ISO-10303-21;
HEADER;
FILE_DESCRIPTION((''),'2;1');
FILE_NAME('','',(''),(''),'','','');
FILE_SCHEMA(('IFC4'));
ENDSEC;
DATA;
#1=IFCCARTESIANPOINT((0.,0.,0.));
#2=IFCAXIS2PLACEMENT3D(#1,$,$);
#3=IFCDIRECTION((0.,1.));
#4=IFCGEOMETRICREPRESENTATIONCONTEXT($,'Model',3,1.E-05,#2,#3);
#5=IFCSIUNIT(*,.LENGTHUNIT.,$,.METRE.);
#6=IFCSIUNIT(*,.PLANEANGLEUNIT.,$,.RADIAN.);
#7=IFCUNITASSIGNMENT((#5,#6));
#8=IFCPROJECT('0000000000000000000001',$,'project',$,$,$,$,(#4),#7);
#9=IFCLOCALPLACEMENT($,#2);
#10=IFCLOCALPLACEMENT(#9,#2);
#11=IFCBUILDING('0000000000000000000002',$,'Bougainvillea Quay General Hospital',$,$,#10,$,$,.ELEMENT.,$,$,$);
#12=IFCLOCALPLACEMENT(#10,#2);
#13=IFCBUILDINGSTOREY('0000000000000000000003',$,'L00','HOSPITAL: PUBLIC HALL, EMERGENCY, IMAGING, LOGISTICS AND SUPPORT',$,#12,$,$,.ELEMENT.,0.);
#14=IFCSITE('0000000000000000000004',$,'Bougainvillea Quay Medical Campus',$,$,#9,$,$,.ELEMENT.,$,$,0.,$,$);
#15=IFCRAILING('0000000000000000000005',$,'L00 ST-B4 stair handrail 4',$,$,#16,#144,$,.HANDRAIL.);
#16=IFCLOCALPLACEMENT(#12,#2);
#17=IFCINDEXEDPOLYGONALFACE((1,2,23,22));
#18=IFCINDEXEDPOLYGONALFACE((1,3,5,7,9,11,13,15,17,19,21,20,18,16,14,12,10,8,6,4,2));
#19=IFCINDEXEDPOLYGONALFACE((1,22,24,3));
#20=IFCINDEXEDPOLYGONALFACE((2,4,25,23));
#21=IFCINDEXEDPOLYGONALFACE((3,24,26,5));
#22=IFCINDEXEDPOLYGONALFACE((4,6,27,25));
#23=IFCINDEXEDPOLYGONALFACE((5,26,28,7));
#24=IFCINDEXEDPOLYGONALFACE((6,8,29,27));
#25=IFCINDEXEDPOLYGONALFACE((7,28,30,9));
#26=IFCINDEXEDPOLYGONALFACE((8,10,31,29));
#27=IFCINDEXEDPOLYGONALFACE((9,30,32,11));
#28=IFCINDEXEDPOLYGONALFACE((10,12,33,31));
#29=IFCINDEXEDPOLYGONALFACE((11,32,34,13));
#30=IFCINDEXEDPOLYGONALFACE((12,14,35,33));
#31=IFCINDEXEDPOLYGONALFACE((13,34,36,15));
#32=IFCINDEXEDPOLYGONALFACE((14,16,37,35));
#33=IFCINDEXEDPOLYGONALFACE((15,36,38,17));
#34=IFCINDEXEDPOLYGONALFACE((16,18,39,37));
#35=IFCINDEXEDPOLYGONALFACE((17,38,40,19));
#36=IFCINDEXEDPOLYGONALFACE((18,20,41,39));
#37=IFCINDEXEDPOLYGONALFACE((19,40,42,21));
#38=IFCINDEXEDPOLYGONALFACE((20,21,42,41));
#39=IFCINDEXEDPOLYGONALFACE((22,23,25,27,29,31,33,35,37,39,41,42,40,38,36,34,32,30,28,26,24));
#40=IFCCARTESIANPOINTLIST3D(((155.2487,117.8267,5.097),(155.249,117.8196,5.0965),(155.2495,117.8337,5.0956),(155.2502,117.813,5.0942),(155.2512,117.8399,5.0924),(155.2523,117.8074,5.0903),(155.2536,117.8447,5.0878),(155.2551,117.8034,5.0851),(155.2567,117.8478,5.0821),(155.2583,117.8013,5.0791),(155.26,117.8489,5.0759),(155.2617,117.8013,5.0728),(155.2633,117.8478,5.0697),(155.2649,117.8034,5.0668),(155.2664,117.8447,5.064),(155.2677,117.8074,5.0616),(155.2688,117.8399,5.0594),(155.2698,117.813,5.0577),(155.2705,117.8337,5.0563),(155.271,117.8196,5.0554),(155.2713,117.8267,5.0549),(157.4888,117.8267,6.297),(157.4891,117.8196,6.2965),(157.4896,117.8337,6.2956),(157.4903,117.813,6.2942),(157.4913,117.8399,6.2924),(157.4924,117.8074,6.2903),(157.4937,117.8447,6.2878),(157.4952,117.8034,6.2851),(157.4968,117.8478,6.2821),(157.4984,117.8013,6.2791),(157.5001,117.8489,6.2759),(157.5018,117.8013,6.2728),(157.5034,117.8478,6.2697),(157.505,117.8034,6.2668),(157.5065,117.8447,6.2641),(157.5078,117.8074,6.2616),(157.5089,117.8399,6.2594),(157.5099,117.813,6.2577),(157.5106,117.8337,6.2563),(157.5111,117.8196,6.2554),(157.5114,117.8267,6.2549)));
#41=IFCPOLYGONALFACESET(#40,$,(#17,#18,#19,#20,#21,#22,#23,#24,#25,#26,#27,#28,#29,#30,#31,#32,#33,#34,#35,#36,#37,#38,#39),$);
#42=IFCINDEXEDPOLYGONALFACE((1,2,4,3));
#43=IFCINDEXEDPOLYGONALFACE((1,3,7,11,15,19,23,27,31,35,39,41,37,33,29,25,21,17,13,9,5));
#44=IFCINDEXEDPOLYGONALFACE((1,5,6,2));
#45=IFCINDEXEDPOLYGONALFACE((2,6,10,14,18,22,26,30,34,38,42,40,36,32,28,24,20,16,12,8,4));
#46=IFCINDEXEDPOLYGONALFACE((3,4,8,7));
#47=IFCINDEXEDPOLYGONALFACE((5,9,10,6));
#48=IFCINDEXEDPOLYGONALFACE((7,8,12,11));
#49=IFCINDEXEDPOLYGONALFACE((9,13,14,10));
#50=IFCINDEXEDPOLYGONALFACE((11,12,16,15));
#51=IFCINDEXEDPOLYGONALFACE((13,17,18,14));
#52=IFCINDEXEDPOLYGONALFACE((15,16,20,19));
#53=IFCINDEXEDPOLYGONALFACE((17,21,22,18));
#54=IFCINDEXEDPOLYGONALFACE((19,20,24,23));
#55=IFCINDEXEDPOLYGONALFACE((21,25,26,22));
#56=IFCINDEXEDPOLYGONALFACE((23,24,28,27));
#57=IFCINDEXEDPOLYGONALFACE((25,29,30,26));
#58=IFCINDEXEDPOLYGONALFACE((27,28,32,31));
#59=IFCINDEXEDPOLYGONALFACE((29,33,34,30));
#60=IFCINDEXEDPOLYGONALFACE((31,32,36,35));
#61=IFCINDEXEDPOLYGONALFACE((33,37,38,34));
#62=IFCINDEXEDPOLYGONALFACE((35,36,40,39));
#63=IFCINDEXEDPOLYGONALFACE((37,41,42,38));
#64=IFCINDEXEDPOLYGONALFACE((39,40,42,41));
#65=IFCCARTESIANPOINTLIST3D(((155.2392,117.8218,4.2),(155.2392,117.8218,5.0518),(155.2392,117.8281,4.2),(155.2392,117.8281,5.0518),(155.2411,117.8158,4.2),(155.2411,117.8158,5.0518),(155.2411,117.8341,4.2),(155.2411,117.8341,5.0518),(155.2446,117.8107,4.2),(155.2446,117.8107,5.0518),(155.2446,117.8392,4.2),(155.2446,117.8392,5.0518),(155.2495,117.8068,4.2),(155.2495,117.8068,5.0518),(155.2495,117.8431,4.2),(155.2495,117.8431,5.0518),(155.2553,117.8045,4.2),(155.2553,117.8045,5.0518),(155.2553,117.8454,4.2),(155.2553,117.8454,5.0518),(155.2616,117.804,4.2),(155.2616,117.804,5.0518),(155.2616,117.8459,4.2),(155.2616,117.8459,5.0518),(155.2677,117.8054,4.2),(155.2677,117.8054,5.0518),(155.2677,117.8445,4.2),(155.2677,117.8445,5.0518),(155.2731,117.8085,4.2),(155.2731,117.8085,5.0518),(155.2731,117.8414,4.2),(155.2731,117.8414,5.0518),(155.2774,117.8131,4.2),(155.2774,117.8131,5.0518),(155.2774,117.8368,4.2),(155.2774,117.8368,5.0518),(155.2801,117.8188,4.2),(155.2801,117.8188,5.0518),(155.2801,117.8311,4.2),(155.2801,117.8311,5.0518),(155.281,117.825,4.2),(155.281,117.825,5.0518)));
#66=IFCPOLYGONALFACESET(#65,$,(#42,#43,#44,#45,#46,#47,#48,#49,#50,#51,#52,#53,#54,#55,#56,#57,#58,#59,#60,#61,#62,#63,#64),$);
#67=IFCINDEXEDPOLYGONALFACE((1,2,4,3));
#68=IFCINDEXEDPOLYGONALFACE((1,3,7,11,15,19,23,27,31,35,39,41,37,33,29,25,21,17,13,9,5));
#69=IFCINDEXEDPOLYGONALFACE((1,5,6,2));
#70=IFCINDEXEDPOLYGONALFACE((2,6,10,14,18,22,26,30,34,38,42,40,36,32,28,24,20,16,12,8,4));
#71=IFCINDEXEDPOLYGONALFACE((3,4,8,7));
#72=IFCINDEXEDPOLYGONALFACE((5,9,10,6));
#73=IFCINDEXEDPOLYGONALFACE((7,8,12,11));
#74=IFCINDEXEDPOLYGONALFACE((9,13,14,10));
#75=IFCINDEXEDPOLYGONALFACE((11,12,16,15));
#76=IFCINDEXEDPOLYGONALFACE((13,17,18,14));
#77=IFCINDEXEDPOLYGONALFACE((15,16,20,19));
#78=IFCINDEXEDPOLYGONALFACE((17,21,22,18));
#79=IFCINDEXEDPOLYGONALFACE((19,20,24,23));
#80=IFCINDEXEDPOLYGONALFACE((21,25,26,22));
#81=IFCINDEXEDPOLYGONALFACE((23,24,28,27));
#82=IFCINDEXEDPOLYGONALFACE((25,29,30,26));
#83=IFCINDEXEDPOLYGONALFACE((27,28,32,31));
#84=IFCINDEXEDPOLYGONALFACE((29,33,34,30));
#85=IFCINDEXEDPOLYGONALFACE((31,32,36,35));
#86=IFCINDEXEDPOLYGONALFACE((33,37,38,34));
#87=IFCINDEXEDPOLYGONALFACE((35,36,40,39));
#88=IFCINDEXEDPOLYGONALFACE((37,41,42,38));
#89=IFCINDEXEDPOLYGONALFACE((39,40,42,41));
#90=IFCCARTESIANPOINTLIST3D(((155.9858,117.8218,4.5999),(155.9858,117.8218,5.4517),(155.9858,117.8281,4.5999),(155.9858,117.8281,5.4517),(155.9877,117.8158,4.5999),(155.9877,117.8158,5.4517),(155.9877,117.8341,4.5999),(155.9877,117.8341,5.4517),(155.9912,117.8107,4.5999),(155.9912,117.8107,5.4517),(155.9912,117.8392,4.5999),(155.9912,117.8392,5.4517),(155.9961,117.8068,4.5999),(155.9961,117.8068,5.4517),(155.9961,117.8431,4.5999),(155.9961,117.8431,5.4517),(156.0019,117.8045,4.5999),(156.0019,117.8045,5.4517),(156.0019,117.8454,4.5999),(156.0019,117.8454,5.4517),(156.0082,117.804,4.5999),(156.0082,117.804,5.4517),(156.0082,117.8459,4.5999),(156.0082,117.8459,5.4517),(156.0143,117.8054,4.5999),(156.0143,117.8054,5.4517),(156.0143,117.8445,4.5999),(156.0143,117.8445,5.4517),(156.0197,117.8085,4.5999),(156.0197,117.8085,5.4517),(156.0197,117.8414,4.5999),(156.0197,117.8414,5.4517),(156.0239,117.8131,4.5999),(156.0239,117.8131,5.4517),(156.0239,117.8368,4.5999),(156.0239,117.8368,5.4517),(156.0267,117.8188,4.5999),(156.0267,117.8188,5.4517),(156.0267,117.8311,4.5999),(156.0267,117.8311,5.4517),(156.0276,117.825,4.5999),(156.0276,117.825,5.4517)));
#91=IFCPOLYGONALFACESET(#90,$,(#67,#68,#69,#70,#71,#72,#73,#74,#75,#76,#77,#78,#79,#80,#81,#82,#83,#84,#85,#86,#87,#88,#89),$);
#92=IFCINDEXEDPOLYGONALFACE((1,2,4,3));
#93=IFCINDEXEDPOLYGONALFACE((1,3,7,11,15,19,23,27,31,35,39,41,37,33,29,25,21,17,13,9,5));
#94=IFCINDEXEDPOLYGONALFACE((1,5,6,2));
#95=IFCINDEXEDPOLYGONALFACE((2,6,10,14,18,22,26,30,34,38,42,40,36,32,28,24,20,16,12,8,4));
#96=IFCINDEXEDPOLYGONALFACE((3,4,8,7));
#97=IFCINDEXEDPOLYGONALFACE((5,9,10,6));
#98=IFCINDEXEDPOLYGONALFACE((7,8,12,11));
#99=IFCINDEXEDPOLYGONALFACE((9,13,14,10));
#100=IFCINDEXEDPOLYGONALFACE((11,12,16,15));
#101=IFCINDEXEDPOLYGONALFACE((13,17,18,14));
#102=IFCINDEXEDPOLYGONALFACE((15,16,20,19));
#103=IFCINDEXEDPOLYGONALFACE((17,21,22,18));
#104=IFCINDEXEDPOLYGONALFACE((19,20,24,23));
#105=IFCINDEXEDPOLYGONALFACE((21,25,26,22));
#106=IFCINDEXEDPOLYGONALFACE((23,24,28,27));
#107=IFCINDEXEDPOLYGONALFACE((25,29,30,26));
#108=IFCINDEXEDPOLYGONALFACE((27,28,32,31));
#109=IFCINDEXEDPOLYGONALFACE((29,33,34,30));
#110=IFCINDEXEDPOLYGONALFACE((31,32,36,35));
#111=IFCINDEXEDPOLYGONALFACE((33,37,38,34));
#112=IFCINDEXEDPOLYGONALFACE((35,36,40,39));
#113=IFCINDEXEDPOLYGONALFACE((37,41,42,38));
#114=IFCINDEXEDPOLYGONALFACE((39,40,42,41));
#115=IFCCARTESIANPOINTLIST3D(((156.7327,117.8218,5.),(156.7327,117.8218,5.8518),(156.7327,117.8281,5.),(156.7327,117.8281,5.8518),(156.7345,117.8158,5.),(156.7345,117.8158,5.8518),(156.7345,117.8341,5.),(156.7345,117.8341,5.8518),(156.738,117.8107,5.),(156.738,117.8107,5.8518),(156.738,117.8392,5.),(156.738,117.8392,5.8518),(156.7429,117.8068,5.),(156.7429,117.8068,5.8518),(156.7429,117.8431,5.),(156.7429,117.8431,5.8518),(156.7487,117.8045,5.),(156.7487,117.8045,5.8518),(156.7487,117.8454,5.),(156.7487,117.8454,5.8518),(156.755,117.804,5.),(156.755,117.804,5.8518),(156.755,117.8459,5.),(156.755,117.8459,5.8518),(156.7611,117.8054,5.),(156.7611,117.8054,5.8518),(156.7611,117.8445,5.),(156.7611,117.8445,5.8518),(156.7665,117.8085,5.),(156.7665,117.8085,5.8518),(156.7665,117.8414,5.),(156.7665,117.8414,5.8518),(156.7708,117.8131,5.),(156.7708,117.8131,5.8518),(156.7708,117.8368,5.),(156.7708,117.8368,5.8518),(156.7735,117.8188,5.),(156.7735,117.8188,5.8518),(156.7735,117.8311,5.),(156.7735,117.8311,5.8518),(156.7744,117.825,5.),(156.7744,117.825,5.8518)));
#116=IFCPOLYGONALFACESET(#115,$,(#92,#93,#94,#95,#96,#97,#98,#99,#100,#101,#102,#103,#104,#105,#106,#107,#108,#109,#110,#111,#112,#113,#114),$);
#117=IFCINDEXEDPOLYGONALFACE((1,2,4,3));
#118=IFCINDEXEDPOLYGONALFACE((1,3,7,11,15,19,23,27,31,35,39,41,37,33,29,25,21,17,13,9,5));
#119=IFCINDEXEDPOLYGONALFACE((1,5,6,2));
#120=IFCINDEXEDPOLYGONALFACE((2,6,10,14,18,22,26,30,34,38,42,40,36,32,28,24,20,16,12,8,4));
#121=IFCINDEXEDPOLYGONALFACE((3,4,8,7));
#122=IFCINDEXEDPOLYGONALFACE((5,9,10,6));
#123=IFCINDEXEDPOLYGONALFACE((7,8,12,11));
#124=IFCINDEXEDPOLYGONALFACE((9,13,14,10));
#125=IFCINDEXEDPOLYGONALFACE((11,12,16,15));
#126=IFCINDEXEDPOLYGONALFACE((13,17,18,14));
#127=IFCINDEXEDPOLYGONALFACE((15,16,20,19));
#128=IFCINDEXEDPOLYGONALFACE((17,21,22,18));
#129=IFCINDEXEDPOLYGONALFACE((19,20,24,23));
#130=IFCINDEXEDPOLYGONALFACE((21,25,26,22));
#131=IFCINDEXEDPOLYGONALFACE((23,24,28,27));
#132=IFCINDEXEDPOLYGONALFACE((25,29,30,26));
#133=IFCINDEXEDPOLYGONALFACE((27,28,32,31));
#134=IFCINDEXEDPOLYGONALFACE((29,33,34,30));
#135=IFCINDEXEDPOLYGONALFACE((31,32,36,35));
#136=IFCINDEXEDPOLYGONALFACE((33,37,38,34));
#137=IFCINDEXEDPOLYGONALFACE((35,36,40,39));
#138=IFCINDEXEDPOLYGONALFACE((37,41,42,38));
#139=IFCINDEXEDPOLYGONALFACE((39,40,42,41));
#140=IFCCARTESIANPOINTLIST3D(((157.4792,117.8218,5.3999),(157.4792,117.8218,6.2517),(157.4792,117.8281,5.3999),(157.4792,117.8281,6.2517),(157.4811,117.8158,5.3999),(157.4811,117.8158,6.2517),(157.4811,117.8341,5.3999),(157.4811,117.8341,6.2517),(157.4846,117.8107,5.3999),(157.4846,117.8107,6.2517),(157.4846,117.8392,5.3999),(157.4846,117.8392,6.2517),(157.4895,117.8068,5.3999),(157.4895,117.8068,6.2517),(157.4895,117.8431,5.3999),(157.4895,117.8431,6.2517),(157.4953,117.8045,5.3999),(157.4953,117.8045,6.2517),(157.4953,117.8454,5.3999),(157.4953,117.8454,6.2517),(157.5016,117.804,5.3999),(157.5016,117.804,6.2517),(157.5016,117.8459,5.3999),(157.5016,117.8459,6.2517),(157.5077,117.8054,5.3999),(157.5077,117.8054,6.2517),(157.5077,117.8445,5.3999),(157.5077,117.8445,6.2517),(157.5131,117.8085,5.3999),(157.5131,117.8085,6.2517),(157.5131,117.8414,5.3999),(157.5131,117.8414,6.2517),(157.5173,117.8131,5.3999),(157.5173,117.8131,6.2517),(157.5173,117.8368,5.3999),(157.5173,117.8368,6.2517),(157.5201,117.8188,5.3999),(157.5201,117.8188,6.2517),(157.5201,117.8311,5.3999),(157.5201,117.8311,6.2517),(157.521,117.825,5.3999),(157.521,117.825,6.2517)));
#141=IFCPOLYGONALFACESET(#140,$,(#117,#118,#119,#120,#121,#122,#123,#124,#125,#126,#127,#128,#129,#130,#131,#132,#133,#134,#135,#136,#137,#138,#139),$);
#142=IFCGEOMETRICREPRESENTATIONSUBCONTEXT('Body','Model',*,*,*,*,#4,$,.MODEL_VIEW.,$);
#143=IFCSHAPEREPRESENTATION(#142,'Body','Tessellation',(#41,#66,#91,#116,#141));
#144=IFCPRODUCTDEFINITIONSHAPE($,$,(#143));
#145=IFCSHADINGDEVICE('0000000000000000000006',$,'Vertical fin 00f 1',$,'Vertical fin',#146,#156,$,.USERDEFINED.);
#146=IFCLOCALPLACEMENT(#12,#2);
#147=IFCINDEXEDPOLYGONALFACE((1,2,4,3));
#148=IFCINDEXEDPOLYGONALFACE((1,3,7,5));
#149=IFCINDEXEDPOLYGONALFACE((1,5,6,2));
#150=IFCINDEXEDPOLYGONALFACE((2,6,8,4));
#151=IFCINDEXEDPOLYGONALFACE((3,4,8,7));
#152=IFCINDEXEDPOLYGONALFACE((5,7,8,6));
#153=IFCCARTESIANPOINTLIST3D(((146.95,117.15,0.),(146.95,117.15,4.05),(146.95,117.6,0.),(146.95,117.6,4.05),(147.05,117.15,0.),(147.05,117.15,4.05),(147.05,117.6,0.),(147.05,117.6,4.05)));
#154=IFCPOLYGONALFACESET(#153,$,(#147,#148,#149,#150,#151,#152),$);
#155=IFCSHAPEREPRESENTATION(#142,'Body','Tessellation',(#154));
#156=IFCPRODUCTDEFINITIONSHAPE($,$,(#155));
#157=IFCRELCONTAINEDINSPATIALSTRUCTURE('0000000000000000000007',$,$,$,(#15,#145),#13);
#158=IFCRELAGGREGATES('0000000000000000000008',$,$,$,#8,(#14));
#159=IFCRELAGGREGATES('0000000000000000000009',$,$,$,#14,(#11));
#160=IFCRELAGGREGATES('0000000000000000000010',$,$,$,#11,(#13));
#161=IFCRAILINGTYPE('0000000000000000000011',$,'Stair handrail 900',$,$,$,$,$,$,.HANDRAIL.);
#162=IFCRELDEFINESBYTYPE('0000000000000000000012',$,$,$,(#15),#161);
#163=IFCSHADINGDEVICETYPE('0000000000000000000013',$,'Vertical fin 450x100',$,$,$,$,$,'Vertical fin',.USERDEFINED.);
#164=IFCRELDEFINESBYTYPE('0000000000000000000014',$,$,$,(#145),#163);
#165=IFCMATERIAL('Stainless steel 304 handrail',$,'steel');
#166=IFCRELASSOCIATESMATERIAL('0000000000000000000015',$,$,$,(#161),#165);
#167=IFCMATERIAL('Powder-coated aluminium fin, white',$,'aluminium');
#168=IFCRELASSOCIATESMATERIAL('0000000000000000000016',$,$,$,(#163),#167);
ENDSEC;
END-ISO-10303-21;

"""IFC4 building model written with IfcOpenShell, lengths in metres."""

from ifc_helpers import new_model, si_unit, direction, frame, origin, origin_2d, place, context, subcontext, project, spatial, rectangle, circle, extrude, material, material_profile, profile_set, type_object, element, save


model = new_model("IFC4")

# Units and contexts
model_context = context("Model", 3, precision=1e-05, world=origin(), true_north=direction((0.0, 1.0)))
body_context = subcontext(model_context, "Body", "Model", "MODEL_VIEW")
ifc_project = project(units=[si_unit("LENGTHUNIT", "METRE"), si_unit("PLANEANGLEUNIT", "RADIAN")], contexts=[model_context])

# Site, building, storey
site_placement = place(None, origin())
site = spatial("IfcSite", under=ifc_project, at=site_placement, Name="Bougainvillea Quay Medical Campus", CompositionType="ELEMENT", RefElevation=0.0)
building_placement = place(site_placement, origin())
building = spatial("IfcBuilding", under=site, at=building_placement, Name="Bougainvillea Quay General Hospital", CompositionType="ELEMENT")
storey_placement = place(building_placement, origin())
storey = spatial("IfcBuildingStorey", under=building, at=storey_placement, Name="L00", Description="HOSPITAL: PUBLIC HALL, EMERGENCY, IMAGING, LOGISTICS AND SUPPORT", CompositionType="ELEMENT", Elevation=0.0)

# Railing
ifc_material_1 = material(Name="Stainless steel 304 handrail", Category="steel")
railing_type_1 = type_object("IfcRailingType", Name="Stair handrail 900", PredefinedType="HANDRAIL", material=ifc_material_1)
for number, where, name in (
    (1, (155.26, 117.825, 4.2), "L00 ST-B4 stair handrail 4"),
):
    element("IfcRailing", number, at=place(storey_placement, frame(where)), inside=storey, type_object=railing_type_1, Name=name, PredefinedType="HANDRAIL", context=body_context, shape_type="SweptSolid", body=[
        extrude(circle(Radius=0.0239, at=origin_2d()), frame((0.0, 0.0, 0.876), z_axis=(0.881487, 0.0, 0.472208), x_axis=(0.0, 1.0, 0.0)), (0.0, 0.0, 1.0), 2.5413),
        extrude(circle(Radius=0.021, at=origin_2d()), origin(), (0.0, 0.0, 1.0), 0.8518),
        extrude(circle(Radius=0.021, at=origin_2d()), frame((0.7466, 0.0, 0.3999)), (0.0, 0.0, 1.0), 0.8518),
        extrude(circle(Radius=0.021, at=origin_2d()), frame((1.4934, 0.0, 0.8)), (0.0, 0.0, 1.0), 0.8518),
        extrude(circle(Radius=0.021, at=origin_2d()), frame((2.24, 0.0, 1.2)), (0.0, 0.0, 1.0), 0.8518),
    ])

# Shading device
ifc_material_2 = material(Name="Powder-coated aluminium fin, white", Category="aluminium")
ifc_material_profile_1 = material_profile(ifc_material_2, rectangle(XDim=0.45, YDim=0.1001, at=origin_2d()))
ifc_profile_set_1 = profile_set([ifc_material_profile_1], Name="Powder-coated aluminium fin, white")
shading_device_type = type_object("IfcShadingDeviceType", Name="Vertical fin 450x100", ElementType="Vertical fin", PredefinedType="USERDEFINED", material=ifc_profile_set_1)
shading_device_placement = place(storey_placement, frame((147.0, 117.375, 0.0), z_axis=(0.0, 0.0, 1.0), x_axis=(0.0, -1.0, 0.0)))
element("IfcShadingDevice", 2, at=shading_device_placement, inside=storey, type_object=shading_device_type, Name="Vertical fin 00f 1", ObjectType="Vertical fin", PredefinedType="USERDEFINED", context=body_context, shape_type="SweptSolid", body=[
    extrude(rectangle(XDim=0.45, YDim=0.1001, at=origin_2d()), origin(), (0.0, 0.0, 1.0), 4.05),
])

save(model, "model.ifc")
